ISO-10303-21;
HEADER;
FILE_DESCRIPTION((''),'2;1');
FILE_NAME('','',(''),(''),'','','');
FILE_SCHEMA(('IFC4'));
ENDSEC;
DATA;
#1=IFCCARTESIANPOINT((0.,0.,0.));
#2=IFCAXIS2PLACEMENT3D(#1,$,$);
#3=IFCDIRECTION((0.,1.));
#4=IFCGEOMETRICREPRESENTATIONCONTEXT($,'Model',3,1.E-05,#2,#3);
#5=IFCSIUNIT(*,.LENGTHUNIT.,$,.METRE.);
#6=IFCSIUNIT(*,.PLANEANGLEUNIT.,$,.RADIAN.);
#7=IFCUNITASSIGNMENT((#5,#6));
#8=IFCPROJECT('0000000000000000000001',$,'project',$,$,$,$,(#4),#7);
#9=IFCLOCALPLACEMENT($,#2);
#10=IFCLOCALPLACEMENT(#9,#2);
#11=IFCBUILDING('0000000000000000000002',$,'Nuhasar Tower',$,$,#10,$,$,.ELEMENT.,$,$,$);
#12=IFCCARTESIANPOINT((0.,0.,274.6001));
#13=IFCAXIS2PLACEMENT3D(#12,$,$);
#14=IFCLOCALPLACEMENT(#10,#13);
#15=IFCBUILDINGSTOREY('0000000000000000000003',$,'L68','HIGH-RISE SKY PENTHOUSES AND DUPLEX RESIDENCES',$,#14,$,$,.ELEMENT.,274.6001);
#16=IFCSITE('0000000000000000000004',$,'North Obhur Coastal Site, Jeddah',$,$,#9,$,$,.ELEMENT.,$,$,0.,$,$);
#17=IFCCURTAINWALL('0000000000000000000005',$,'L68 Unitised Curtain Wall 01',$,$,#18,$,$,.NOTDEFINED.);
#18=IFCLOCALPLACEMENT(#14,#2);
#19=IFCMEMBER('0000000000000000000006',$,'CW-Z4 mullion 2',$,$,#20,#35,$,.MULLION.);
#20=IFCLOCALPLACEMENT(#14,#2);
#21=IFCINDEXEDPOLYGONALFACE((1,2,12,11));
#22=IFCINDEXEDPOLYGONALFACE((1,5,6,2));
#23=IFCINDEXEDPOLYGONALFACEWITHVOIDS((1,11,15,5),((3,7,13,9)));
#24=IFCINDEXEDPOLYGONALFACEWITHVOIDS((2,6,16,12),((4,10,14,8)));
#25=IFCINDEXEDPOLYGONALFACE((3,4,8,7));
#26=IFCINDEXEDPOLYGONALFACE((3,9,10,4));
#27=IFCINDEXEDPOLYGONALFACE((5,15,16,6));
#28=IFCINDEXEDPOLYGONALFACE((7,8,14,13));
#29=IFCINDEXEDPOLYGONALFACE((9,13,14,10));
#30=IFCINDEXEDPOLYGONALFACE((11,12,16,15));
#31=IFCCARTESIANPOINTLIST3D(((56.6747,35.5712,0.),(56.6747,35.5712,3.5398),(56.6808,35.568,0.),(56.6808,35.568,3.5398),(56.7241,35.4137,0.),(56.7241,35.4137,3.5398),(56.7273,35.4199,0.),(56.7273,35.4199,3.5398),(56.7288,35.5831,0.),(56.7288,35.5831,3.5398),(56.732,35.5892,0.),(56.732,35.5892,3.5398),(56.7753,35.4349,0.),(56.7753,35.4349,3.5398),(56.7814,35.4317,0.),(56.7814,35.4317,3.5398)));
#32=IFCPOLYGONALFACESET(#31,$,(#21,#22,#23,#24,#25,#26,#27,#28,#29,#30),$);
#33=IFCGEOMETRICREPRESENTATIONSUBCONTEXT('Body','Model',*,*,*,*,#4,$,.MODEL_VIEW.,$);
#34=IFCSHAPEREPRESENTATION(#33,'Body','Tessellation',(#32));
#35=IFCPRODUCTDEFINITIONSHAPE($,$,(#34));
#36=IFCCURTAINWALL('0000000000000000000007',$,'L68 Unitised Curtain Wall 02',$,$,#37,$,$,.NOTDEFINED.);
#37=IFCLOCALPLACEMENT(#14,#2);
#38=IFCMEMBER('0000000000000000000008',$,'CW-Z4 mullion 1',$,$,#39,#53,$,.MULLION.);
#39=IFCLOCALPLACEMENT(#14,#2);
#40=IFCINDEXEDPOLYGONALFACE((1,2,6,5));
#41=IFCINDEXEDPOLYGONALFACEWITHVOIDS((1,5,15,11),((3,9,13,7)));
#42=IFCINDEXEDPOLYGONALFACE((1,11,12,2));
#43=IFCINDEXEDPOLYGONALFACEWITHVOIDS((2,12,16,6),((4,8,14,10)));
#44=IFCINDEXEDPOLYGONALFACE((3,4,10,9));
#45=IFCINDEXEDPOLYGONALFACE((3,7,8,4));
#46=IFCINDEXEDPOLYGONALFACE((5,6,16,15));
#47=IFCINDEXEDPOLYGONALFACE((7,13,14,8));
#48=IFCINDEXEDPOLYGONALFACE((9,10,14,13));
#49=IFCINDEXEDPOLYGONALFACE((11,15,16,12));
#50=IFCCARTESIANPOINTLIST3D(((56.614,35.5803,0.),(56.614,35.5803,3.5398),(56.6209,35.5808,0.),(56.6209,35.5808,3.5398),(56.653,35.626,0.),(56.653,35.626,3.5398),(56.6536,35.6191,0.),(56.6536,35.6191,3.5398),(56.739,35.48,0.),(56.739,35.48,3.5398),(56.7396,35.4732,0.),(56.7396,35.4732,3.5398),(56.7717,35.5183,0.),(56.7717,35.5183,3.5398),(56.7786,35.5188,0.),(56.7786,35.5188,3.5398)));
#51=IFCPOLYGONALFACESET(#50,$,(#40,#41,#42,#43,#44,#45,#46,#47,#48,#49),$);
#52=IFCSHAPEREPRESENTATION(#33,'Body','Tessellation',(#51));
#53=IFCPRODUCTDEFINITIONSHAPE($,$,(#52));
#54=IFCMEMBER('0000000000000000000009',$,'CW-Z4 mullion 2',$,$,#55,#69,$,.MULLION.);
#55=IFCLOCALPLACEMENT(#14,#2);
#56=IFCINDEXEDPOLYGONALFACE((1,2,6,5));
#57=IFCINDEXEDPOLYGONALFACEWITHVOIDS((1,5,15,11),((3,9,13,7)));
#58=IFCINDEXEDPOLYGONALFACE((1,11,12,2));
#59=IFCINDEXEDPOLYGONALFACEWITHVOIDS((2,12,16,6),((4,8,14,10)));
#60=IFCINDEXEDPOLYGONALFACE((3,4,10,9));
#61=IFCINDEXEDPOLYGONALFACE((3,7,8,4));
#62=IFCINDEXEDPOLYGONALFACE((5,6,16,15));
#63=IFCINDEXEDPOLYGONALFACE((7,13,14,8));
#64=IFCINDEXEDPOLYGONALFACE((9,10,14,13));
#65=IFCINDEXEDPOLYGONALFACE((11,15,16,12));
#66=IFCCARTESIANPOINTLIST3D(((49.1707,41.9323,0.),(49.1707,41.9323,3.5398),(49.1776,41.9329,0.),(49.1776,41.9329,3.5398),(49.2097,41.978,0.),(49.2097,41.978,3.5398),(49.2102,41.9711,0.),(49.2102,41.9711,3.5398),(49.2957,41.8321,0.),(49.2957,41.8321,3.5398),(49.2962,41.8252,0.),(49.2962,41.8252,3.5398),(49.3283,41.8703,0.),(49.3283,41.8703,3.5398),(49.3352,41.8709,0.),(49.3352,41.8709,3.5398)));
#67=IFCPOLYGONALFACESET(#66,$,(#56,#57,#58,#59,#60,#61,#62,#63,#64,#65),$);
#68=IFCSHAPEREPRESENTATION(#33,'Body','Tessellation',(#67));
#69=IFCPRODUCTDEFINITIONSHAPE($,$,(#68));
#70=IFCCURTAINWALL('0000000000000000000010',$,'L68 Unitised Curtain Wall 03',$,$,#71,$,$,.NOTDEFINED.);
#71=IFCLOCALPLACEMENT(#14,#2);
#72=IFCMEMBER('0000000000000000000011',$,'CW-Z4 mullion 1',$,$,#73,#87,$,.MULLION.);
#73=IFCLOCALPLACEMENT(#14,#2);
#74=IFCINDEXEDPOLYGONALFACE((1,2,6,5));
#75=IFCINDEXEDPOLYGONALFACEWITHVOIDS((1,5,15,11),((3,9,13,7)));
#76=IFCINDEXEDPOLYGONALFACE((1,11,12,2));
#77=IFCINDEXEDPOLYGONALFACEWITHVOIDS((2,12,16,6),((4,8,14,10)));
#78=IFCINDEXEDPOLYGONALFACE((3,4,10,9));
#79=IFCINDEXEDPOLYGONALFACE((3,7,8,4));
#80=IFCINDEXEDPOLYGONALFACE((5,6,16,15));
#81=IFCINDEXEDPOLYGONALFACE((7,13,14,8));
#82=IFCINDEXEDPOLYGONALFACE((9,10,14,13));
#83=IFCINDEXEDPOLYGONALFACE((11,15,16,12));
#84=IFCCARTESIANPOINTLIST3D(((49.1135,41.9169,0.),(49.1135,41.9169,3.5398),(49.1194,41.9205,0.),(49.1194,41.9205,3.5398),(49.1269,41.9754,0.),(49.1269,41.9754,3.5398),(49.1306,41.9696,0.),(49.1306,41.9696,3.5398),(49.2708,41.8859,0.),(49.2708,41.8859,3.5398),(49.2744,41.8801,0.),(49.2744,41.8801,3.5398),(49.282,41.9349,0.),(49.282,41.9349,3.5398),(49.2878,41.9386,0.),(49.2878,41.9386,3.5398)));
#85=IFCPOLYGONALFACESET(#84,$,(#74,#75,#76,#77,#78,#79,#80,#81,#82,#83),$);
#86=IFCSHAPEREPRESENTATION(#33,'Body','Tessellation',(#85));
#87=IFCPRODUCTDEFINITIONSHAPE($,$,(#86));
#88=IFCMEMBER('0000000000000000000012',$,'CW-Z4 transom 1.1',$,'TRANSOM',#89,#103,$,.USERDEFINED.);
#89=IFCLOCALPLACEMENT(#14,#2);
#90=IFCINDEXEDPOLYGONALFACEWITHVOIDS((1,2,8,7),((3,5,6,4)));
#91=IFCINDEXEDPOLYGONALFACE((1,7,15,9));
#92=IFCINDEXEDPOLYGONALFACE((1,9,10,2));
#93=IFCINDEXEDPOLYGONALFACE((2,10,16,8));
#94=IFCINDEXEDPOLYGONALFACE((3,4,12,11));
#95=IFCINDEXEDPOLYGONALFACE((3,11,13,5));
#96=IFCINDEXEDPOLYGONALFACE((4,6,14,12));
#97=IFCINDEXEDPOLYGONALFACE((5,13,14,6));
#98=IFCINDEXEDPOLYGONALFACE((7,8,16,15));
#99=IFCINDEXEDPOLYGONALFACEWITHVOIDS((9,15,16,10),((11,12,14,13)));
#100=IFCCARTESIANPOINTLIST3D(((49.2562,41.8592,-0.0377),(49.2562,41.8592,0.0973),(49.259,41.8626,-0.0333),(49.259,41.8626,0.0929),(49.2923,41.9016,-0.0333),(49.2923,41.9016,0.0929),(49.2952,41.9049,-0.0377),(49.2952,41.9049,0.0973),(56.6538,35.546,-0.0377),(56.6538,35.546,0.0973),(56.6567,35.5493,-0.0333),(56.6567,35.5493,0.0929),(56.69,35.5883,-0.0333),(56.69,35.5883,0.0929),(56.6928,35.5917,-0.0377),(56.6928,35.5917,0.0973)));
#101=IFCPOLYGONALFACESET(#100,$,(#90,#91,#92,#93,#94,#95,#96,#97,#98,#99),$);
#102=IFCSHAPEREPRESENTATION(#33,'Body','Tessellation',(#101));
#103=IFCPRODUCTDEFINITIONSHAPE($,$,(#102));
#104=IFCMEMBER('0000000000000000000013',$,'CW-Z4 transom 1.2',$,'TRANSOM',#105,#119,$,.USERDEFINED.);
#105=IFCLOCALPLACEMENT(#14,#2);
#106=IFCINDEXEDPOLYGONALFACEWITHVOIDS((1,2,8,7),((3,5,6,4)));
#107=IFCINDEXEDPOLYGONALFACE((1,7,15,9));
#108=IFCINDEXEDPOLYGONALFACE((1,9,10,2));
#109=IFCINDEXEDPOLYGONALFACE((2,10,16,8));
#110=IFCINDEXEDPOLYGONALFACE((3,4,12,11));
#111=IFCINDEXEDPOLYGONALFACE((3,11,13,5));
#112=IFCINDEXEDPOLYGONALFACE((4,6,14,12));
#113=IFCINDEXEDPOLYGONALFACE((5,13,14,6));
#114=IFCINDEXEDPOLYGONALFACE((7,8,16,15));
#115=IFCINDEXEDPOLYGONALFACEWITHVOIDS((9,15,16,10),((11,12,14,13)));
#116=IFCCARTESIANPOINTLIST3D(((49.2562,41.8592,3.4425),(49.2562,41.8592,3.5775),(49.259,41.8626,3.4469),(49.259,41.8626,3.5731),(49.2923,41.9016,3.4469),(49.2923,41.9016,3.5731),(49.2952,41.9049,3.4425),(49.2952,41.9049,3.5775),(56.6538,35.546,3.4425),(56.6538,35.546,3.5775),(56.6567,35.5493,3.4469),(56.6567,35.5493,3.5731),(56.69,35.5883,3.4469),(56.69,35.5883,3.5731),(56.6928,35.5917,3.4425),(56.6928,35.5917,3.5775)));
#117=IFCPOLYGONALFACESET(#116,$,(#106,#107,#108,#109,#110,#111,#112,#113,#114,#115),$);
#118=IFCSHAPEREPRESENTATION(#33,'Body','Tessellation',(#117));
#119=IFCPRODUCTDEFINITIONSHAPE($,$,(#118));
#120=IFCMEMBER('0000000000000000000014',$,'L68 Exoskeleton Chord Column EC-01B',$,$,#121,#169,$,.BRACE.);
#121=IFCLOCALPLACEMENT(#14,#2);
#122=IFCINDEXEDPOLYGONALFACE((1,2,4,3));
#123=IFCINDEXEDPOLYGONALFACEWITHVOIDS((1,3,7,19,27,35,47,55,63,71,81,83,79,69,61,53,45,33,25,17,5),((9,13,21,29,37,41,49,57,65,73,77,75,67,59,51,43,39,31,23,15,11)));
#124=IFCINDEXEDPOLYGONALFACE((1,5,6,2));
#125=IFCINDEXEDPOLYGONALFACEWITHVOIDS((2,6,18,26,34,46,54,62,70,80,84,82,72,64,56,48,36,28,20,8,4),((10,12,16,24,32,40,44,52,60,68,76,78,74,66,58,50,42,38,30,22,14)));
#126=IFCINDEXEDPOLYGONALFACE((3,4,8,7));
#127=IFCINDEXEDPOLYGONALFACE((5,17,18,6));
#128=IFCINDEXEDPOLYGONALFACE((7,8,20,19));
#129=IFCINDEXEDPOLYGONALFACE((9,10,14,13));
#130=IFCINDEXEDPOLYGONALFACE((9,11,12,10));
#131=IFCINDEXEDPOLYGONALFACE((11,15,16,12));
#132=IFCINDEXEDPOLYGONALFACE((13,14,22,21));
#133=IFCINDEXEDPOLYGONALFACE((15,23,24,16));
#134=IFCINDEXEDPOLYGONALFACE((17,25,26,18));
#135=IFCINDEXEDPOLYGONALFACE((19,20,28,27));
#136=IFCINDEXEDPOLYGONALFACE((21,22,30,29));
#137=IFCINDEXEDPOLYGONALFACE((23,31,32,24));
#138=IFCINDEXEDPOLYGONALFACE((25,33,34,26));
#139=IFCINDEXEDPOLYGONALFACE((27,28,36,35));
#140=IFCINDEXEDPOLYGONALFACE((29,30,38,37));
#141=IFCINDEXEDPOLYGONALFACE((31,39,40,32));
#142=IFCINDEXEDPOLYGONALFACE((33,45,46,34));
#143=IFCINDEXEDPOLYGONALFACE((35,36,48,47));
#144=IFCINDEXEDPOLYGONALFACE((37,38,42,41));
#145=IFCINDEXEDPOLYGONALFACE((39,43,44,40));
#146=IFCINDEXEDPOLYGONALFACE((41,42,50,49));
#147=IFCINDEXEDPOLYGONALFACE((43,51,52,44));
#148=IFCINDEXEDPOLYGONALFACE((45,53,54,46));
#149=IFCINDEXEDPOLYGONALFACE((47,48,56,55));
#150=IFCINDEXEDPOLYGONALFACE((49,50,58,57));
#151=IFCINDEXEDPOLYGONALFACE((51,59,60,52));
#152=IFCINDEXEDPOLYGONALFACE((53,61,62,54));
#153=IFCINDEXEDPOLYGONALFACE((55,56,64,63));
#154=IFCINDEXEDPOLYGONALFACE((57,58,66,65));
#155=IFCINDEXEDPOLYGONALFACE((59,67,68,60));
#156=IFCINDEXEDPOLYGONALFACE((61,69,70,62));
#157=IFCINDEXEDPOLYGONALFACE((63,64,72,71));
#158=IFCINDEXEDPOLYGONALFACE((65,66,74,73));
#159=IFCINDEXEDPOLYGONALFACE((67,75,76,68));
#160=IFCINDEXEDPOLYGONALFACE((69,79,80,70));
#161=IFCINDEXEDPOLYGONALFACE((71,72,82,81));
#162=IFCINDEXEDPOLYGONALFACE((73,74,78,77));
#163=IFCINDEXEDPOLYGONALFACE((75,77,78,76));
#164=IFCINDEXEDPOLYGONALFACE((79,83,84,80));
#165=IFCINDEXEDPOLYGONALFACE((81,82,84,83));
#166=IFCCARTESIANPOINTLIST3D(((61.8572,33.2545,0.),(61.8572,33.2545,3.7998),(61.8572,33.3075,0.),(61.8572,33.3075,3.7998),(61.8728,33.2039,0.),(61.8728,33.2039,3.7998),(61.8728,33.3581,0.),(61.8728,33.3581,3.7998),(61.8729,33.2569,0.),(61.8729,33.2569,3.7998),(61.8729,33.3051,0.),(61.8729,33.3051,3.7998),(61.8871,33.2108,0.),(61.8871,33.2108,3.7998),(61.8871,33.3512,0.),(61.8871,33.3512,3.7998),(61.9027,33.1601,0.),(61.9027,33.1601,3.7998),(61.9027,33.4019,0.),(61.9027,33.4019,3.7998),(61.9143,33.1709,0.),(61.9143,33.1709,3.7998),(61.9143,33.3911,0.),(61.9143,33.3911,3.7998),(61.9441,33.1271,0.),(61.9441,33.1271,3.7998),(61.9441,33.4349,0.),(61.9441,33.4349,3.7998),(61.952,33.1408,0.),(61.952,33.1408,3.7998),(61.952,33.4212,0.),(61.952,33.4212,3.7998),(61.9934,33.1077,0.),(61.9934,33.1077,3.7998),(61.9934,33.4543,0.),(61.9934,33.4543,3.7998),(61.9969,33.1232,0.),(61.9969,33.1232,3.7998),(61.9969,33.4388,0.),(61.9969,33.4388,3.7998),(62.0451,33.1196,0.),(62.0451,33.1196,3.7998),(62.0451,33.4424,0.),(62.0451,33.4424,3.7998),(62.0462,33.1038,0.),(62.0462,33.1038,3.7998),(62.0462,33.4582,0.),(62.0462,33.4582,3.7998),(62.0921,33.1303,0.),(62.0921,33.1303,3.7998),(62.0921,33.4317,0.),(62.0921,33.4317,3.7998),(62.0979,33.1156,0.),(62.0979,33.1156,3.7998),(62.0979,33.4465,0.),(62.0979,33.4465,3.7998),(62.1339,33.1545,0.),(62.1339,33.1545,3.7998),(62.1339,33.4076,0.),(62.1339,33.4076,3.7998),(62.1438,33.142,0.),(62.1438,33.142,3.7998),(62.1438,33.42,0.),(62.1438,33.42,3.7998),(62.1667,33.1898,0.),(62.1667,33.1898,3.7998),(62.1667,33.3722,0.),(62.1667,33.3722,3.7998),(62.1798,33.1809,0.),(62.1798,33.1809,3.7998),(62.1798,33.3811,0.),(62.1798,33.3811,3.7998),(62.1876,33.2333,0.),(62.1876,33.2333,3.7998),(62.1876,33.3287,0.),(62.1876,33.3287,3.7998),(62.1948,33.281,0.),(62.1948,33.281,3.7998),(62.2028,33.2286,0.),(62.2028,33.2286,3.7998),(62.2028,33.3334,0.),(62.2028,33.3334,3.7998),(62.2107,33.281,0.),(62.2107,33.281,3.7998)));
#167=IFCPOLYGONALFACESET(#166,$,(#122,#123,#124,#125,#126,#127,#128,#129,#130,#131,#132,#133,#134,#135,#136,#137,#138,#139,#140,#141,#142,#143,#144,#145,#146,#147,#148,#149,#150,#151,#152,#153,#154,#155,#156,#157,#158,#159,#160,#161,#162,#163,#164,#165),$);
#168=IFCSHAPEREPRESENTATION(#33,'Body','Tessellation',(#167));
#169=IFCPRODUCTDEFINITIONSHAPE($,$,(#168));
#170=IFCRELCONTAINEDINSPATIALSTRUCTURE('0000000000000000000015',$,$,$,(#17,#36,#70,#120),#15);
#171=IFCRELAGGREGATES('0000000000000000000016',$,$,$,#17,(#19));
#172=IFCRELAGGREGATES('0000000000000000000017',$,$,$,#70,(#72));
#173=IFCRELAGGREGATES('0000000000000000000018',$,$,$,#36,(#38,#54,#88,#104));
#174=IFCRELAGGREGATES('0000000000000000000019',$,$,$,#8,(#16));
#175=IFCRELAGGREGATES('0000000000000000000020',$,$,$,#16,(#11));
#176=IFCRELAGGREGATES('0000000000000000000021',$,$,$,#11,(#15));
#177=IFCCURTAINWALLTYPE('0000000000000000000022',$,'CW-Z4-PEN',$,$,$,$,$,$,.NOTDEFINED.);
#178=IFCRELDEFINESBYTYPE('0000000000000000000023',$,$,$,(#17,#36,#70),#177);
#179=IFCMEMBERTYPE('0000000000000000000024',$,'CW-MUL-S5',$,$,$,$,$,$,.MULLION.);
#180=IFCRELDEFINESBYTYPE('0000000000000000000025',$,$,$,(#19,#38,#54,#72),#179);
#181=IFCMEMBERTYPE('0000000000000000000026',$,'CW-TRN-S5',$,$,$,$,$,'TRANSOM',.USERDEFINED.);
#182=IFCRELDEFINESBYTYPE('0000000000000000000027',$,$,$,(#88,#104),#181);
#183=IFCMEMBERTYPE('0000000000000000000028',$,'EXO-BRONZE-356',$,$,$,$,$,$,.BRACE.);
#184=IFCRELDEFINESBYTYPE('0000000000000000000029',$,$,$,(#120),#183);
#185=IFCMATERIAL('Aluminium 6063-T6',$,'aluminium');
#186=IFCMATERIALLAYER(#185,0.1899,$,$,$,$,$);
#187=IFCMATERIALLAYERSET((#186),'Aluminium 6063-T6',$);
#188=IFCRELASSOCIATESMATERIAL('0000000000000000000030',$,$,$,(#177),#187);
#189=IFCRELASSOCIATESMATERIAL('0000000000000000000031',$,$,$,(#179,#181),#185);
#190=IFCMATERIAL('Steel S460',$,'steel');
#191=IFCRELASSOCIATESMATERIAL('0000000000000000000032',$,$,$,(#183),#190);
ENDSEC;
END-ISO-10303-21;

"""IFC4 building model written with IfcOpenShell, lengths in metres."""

from ifc_helpers import new_model, si_unit, direction, frame, origin, origin_2d, place, context, subcontext, project, spatial, hollow_rectangle, hollow_circle, extrude, material, layer, layer_set, material_profile, profile_set, type_object, element, aggregate, save


model = new_model("IFC4")

# Units and contexts
model_context = context("Model", 3, precision=1e-05, world=origin(), true_north=direction((0.0, 1.0)))
body_context = subcontext(model_context, "Body", "Model", "MODEL_VIEW")
ifc_project = project(units=[si_unit("LENGTHUNIT", "METRE"), si_unit("PLANEANGLEUNIT", "RADIAN")], contexts=[model_context])

# Site, building, storey
site_placement = place(None, origin())
site = spatial("IfcSite", under=ifc_project, at=site_placement, Name="North Obhur Coastal Site, Jeddah", CompositionType="ELEMENT", RefElevation=0.0)
building_placement = place(site_placement, origin())
building = spatial("IfcBuilding", under=site, at=building_placement, Name="Nuhasar Tower", CompositionType="ELEMENT")
storey_placement = place(building_placement, frame((0.0, 0.0, 274.6001)))
storey = spatial("IfcBuildingStorey", under=building, at=storey_placement, Name="L68", Description="HIGH-RISE SKY PENTHOUSES AND DUPLEX RESIDENCES", CompositionType="ELEMENT", Elevation=274.6001)

# Curtain wall, member
ifc_material_1 = material(Name="Aluminium 6063-T6", Category="aluminium")
ifc_layer_1 = layer(ifc_material_1, 0.1899)
ifc_layer_set_1 = layer_set([ifc_layer_1], Name="Aluminium 6063-T6")
curtain_wall_type = type_object("IfcCurtainWallType", Name="CW-Z4-PEN", PredefinedType="NOTDEFINED", material=ifc_layer_set_1)
curtain_wall_1_placement = place(storey_placement, origin())
curtain_wall_1 = element("IfcCurtainWall", 1, at=curtain_wall_1_placement, inside=storey, type_object=curtain_wall_type, Name="L68 Unitised Curtain Wall 01", PredefinedType="NOTDEFINED")
ifc_material_profile_1 = material_profile(ifc_material_1, hollow_rectangle(XDim=0.0601, YDim=0.165, WallThickness=0.0049, at=origin_2d()), Name="CWM-5")
ifc_profile_set_1 = profile_set([ifc_material_profile_1], Name="Aluminium 6063-T6")
member_type_1 = type_object("IfcMemberType", Name="CW-MUL-S5", PredefinedType="MULLION", material=ifc_profile_set_1)
member_1_placement = place(storey_placement, frame((56.728, 35.5015, 0.0), z_axis=(0.0, 0.0, 1.0), x_axis=(-0.954079, -0.299557, 0.0)))
member_1 = element("IfcMember", 2, at=member_1_placement, type_object=member_type_1, Name="CW-Z4 mullion 2", PredefinedType="MULLION", context=body_context, shape_type="SweptSolid", body=[
    extrude(hollow_rectangle(XDim=0.0601, YDim=0.165, WallThickness=0.0049, at=origin_2d()), origin(), (0.0, 0.0, 1.0), 3.5398),
])
aggregate(curtain_wall_1, [member_1])

# Curtain wall, members
curtain_wall_2_placement = place(storey_placement, origin())
curtain_wall_2 = element("IfcCurtainWall", 3, at=curtain_wall_2_placement, inside=storey, type_object=curtain_wall_type, Name="L68 Unitised Curtain Wall 02", PredefinedType="NOTDEFINED")
member_2_placement = place(storey_placement, frame((56.6963, 35.5496, 0.0), z_axis=(0.0, 0.0, 1.0), x_axis=(-0.649142, -0.760667, 0.0)))
member_2 = element("IfcMember", 4, at=member_2_placement, type_object=member_type_1, Name="CW-Z4 mullion 1", PredefinedType="MULLION", context=body_context, shape_type="SweptSolid", body=[
    extrude(hollow_rectangle(XDim=0.0601, YDim=0.165, WallThickness=0.0049, at=origin_2d()), origin(), (0.0, 0.0, 1.0), 3.5398),
])
member_3_placement = place(storey_placement, frame((49.2529, 41.9016, 0.0), z_axis=(0.0, 0.0, 1.0), x_axis=(-0.649142, -0.760667, 0.0)))
member_3 = element("IfcMember", 5, at=member_3_placement, type_object=member_type_1, Name="CW-Z4 mullion 2", PredefinedType="MULLION", context=body_context, shape_type="SweptSolid", body=[
    extrude(hollow_rectangle(XDim=0.0601, YDim=0.165, WallThickness=0.0049, at=origin_2d()), origin(), (0.0, 0.0, 1.0), 3.5398),
])

# Curtain wall, member
curtain_wall_3_placement = place(storey_placement, origin())
curtain_wall_3 = element("IfcCurtainWall", 6, at=curtain_wall_3_placement, inside=storey, type_object=curtain_wall_type, Name="L68 Unitised Curtain Wall 03", PredefinedType="NOTDEFINED")
member_4_placement = place(storey_placement, frame((49.2007, 41.9277, 0.0), z_axis=(0.0, 0.0, 1.0), x_axis=(-0.222889, -0.974844, 0.0)))
member_4 = element("IfcMember", 7, at=member_4_placement, type_object=member_type_1, Name="CW-Z4 mullion 1", PredefinedType="MULLION", context=body_context, shape_type="SweptSolid", body=[
    extrude(hollow_rectangle(XDim=0.0601, YDim=0.165, WallThickness=0.0049, at=origin_2d()), origin(), (0.0, 0.0, 1.0), 3.5398),
])
aggregate(curtain_wall_3, [member_4])

# Members
ifc_material_profile_2 = material_profile(ifc_material_1, hollow_rectangle(XDim=0.0601, YDim=0.135, WallThickness=0.0044, at=origin_2d()), Name="CWT-5")
ifc_profile_set_2 = profile_set([ifc_material_profile_2], Name="Aluminium 6063-T6")
member_type_2 = type_object("IfcMemberType", Name="CW-TRN-S5", ElementType="TRANSOM", PredefinedType="USERDEFINED", material=ifc_profile_set_2)
member_5_placement = place(storey_placement, frame((56.6733, 35.5688, 0.0298), z_axis=(-0.76066, 0.64915, 0.0), x_axis=(-0.64915, -0.76066, 0.0)))
member_5 = element("IfcMember", 8, at=member_5_placement, type_object=member_type_2, Name="CW-Z4 transom 1.1", ObjectType="TRANSOM", PredefinedType="USERDEFINED", context=body_context, shape_type="SweptSolid", body=[
    extrude(hollow_rectangle(XDim=0.0601, YDim=0.135, WallThickness=0.0044, at=origin_2d()), origin(), (0.0, 0.0, 1.0), 9.7253),
])
member_6_placement = place(storey_placement, frame((56.6733, 35.5688, 3.51), z_axis=(-0.76066, 0.64915, 0.0), x_axis=(-0.64915, -0.76066, 0.0)))
member_6 = element("IfcMember", 9, at=member_6_placement, type_object=member_type_2, Name="CW-Z4 transom 1.2", ObjectType="TRANSOM", PredefinedType="USERDEFINED", context=body_context, shape_type="SweptSolid", body=[
    extrude(hollow_rectangle(XDim=0.0601, YDim=0.135, WallThickness=0.0044, at=origin_2d()), origin(), (0.0, 0.0, 1.0), 9.7253),
])

# Member
ifc_material_2 = material(Name="Steel S460", Category="steel")
ifc_material_profile_3 = material_profile(ifc_material_2, hollow_circle(Radius=0.1777, WallThickness=0.0159, at=origin_2d()), Name="HSS355.6X15.9")
ifc_profile_set_3 = profile_set([ifc_material_profile_3], Name="Steel S460")
member_type_3 = type_object("IfcMemberType", Name="EXO-BRONZE-356", PredefinedType="BRACE", material=ifc_profile_set_3)
for number, where, z_axis, x_axis, name in (
    (10, (62.033, 33.281, 0.0), (0.0, 0.0, 1.0), (1.0, 0.0, 0.0), "L68 Exoskeleton Chord Column EC-01B"),
):
    element("IfcMember", number, at=place(storey_placement, frame(where, z_axis=z_axis, x_axis=x_axis)), inside=storey, type_object=member_type_3, Name=name, PredefinedType="BRACE", context=body_context, shape_type="SweptSolid", body=[
        extrude(hollow_circle(Radius=0.1777, WallThickness=0.0159, at=origin_2d()), origin(), (0.0, 0.0, 1.0), 3.7998),
    ])

aggregate(curtain_wall_2, [member_2, member_3, member_5, member_6])

save(model, "model.ifc")
